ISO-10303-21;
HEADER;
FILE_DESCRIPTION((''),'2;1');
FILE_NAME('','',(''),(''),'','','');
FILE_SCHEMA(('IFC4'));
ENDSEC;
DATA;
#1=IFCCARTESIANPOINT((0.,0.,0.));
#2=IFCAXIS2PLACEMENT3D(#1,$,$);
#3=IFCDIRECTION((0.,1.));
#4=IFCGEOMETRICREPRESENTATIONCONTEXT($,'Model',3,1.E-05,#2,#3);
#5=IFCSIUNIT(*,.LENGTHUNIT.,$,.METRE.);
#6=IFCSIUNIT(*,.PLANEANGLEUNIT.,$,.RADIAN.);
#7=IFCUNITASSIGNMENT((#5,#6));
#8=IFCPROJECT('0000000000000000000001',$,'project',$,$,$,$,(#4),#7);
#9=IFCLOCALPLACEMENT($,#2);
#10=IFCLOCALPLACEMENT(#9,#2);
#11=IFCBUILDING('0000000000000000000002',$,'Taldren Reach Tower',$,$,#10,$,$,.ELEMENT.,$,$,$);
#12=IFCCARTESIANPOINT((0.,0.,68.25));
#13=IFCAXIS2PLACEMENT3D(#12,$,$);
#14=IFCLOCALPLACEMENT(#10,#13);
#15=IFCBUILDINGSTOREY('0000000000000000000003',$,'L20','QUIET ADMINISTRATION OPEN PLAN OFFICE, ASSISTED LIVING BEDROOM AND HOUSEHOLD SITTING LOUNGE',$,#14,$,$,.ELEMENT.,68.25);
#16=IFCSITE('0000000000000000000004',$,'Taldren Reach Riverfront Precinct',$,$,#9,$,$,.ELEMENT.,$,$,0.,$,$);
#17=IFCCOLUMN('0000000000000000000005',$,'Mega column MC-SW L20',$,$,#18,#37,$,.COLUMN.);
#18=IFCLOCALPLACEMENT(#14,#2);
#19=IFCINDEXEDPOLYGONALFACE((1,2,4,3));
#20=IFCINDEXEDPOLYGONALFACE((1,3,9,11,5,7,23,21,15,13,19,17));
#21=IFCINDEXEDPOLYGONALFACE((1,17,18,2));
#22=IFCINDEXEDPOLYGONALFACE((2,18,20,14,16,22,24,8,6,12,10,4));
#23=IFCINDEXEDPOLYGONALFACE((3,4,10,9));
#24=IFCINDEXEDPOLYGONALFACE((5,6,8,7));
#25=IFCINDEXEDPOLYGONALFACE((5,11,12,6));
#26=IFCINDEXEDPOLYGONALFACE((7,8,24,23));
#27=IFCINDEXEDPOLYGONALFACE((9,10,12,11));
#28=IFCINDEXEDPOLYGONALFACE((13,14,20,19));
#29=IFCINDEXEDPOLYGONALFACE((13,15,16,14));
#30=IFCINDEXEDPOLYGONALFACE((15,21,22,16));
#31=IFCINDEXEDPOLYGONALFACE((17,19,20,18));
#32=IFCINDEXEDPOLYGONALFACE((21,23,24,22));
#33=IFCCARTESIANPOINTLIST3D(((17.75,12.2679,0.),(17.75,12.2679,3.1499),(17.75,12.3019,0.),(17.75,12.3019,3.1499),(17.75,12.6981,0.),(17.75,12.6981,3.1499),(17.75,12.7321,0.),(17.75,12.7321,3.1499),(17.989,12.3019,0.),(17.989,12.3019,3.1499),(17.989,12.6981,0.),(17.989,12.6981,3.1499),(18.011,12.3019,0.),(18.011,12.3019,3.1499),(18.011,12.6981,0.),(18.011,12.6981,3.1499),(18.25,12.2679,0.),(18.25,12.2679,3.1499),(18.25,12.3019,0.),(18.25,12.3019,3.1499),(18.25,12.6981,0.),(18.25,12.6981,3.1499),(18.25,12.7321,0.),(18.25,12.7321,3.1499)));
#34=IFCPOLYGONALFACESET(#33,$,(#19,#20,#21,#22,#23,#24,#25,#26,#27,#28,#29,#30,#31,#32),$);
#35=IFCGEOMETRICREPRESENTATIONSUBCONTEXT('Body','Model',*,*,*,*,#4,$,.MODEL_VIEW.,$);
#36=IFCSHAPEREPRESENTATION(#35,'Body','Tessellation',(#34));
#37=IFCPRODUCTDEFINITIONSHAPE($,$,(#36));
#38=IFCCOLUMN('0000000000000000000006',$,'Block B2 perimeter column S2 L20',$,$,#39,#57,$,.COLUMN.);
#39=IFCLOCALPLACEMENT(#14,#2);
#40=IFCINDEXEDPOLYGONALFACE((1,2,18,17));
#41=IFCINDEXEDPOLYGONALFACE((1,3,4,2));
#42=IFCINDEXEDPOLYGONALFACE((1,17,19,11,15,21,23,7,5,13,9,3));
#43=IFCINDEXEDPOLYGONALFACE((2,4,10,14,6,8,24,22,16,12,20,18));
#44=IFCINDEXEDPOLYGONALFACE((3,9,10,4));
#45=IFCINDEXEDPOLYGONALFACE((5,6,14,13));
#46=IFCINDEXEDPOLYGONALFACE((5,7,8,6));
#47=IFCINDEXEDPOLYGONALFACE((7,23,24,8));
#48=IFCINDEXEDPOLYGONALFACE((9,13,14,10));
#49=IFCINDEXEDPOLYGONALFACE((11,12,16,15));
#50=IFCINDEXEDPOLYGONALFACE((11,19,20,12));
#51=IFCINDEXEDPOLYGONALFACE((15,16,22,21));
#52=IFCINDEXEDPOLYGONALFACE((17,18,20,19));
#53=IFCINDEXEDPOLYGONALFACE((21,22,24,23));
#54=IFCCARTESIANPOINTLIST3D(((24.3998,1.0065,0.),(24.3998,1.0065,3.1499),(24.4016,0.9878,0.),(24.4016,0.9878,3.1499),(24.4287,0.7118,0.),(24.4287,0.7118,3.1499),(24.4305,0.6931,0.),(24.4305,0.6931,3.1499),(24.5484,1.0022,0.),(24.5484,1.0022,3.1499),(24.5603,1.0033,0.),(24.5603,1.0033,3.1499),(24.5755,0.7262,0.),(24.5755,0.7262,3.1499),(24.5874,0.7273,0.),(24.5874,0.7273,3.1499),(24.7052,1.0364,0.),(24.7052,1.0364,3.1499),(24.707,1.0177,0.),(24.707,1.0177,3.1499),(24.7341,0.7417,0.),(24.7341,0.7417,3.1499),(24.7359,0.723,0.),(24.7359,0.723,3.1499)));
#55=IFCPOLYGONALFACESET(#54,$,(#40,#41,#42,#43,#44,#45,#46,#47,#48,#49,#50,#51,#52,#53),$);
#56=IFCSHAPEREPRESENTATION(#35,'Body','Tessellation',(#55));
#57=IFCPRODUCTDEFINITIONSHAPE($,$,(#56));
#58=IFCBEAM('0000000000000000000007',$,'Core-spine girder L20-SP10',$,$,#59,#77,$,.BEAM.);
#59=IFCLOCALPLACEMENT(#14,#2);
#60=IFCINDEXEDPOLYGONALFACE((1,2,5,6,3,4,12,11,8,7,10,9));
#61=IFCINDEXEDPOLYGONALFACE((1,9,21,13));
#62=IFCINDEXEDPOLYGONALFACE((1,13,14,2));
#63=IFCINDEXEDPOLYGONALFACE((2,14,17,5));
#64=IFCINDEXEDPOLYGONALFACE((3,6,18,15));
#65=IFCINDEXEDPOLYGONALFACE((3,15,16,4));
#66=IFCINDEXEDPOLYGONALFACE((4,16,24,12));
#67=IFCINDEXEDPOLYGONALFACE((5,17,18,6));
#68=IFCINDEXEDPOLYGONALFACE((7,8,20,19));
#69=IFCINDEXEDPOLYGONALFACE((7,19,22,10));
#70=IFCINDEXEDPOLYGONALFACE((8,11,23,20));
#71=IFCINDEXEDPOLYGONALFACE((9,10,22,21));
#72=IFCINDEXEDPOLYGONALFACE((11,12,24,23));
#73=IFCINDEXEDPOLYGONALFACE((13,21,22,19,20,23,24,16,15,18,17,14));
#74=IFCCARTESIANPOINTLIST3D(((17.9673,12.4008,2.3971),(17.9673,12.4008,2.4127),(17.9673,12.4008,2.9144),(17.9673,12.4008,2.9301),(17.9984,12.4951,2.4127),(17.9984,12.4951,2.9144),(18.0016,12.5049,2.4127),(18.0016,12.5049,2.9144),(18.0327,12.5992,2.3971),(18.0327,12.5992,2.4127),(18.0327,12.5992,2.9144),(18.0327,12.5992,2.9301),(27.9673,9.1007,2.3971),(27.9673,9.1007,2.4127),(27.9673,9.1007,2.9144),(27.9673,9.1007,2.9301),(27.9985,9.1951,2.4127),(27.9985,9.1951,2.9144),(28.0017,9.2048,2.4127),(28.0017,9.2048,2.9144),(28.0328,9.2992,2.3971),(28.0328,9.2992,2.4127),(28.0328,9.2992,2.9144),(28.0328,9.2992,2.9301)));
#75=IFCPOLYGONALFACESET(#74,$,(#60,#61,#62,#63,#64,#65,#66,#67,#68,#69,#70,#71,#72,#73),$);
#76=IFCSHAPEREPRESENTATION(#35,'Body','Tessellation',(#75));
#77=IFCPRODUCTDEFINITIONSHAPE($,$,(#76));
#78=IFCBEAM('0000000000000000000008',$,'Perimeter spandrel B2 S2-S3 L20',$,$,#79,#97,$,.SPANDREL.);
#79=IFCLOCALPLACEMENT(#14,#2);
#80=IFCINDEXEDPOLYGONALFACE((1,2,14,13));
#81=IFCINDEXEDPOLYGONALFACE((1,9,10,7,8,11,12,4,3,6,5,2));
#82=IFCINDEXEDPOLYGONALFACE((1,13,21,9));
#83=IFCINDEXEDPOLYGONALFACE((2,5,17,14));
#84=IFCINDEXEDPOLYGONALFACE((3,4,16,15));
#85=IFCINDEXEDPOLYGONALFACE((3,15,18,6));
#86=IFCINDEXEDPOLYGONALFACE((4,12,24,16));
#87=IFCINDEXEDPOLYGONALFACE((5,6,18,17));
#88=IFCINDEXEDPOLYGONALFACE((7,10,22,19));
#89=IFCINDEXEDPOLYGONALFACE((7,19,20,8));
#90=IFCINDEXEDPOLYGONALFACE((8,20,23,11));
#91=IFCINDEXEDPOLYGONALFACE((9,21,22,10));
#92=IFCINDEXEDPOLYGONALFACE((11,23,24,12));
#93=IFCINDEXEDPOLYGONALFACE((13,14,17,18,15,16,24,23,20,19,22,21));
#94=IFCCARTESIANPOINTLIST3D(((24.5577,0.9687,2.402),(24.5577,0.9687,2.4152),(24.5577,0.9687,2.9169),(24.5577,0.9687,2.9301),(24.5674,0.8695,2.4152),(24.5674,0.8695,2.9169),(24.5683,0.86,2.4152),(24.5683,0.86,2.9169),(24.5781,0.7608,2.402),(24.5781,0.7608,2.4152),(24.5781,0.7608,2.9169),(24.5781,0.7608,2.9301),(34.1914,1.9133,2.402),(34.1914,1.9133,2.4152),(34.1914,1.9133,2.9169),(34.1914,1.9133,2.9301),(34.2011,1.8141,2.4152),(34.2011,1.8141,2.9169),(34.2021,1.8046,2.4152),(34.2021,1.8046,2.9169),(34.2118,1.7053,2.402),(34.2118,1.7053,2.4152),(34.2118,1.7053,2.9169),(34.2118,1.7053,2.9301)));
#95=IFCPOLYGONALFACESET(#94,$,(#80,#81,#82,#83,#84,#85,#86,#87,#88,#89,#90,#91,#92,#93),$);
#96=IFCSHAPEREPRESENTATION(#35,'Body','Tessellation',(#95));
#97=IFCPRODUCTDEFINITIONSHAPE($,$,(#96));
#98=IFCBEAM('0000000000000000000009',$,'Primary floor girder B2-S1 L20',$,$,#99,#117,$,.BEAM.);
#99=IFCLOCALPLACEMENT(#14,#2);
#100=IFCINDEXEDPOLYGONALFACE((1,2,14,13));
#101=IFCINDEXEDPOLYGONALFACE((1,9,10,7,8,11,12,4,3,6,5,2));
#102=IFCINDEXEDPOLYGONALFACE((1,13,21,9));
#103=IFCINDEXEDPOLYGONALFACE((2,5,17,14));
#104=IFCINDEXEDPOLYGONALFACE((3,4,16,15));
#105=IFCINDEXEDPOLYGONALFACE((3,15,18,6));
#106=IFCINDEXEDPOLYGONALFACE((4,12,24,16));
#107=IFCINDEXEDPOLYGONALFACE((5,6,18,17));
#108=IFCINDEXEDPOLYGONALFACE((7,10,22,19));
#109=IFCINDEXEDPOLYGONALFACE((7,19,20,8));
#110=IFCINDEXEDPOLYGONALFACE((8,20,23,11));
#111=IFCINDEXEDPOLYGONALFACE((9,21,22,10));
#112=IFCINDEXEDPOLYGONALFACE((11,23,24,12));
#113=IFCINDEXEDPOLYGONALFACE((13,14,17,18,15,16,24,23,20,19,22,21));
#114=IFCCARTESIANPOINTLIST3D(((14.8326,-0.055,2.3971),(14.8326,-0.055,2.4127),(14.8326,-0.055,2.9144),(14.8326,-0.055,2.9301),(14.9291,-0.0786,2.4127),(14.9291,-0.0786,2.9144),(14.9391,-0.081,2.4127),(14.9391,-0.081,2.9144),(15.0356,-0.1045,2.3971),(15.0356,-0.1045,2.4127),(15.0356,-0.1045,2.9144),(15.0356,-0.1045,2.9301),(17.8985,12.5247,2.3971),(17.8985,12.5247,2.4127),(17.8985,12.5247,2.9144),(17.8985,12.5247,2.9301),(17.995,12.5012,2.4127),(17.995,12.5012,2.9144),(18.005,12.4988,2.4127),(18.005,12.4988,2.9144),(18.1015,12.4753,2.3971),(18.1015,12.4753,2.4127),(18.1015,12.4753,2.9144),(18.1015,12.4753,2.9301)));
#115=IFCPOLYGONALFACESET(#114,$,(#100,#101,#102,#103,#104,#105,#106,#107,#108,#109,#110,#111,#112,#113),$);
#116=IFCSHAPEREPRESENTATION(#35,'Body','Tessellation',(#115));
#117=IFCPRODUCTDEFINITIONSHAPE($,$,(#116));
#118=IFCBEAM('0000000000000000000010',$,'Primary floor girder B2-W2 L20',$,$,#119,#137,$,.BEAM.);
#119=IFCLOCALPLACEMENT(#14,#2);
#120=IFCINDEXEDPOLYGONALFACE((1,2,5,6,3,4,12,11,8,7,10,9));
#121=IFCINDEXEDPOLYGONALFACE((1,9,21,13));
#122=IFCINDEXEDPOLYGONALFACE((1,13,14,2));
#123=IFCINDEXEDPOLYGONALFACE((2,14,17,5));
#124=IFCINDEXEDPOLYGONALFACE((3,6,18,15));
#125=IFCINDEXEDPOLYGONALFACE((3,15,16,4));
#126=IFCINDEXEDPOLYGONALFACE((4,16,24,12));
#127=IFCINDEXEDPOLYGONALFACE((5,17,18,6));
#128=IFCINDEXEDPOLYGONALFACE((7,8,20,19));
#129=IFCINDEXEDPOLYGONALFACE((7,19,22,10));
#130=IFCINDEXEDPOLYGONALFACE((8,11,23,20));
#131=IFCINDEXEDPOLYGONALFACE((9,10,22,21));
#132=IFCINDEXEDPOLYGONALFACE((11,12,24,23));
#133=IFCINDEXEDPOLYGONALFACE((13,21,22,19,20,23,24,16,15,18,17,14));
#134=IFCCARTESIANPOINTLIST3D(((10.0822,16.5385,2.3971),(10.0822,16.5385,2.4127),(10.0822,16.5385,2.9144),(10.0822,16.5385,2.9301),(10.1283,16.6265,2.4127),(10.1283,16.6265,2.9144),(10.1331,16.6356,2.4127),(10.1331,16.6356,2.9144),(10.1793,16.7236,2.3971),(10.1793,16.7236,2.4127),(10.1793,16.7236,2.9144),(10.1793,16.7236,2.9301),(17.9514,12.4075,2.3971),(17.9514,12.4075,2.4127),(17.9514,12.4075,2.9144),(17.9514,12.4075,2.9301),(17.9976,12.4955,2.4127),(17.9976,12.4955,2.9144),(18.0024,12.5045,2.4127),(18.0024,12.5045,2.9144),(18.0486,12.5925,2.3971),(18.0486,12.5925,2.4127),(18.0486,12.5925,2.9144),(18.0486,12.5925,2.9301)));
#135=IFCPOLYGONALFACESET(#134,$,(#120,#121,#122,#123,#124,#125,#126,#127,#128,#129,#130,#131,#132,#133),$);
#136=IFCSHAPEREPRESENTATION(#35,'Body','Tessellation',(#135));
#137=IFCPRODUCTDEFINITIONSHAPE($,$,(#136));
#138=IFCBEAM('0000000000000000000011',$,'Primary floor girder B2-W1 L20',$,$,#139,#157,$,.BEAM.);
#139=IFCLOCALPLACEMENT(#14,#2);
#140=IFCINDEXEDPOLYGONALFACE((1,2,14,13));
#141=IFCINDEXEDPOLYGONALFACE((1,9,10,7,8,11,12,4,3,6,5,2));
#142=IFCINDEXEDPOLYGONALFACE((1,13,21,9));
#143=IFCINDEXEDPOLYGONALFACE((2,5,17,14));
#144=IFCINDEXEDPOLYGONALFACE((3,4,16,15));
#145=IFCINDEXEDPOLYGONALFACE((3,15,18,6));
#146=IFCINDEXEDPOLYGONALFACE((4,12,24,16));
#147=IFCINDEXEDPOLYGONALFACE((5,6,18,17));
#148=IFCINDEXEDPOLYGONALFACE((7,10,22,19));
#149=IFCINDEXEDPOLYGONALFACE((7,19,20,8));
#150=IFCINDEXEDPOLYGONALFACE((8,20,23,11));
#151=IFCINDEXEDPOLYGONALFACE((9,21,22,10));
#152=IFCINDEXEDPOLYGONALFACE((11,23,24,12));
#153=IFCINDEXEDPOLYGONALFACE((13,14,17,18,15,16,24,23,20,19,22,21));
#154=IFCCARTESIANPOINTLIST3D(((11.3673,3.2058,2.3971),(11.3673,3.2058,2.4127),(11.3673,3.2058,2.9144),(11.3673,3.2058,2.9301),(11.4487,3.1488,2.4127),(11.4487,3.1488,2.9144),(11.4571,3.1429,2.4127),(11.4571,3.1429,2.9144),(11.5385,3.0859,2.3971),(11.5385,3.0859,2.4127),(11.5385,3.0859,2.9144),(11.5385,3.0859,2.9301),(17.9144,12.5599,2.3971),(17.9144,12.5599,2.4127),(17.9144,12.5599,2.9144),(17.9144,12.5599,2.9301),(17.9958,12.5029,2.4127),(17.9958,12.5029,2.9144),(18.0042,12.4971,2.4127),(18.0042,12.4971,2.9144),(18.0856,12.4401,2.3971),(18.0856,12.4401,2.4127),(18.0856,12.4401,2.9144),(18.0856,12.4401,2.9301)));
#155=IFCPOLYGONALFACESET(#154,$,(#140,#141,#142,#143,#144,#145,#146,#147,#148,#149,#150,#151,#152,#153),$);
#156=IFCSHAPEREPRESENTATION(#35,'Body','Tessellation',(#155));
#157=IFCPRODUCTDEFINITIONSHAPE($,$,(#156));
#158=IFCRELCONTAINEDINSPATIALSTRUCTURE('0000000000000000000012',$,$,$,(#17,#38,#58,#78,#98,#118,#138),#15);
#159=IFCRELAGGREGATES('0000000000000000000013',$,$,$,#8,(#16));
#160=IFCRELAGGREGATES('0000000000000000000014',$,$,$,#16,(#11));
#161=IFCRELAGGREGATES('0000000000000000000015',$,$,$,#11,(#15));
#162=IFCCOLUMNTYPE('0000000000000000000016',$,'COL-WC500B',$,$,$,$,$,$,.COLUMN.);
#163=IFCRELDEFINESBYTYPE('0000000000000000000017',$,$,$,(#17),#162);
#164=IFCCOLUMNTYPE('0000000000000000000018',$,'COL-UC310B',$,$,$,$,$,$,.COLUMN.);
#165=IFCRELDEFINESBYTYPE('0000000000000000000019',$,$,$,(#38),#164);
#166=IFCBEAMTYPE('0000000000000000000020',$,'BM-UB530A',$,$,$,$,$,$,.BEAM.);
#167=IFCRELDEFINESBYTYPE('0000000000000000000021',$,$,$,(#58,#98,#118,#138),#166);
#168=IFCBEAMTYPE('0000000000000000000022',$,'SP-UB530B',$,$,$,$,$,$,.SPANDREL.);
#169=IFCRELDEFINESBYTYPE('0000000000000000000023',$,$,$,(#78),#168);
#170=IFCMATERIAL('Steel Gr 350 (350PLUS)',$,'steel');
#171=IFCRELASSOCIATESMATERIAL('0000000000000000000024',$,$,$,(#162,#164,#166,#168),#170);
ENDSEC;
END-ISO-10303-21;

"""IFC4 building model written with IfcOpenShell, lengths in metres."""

from ifc_helpers import new_model, si_unit, direction, frame, origin, origin_2d, place, context, subcontext, project, spatial, i_section, extrude, source, transform, mapped, material, material_profile, profile_set, type_object, element, save


model = new_model("IFC4")

# Units and contexts
model_context = context("Model", 3, precision=1e-05, world=origin(), true_north=direction((0.0, 1.0)))
body_context = subcontext(model_context, "Body", "Model", "MODEL_VIEW")
ifc_project = project(units=[si_unit("LENGTHUNIT", "METRE"), si_unit("PLANEANGLEUNIT", "RADIAN")], contexts=[model_context])

# Site, building, storey
site_placement = place(None, origin())
site = spatial("IfcSite", under=ifc_project, at=site_placement, Name="Taldren Reach Riverfront Precinct", CompositionType="ELEMENT", RefElevation=0.0)
building_placement = place(site_placement, origin())
building = spatial("IfcBuilding", under=site, at=building_placement, Name="Taldren Reach Tower", CompositionType="ELEMENT")
storey_placement = place(building_placement, frame((0.0, 0.0, 68.25)))
storey = spatial("IfcBuildingStorey", under=building, at=storey_placement, Name="L20", Description="QUIET ADMINISTRATION OPEN PLAN OFFICE, ASSISTED LIVING BEDROOM AND HOUSEHOLD SITTING LOUNGE", CompositionType="ELEMENT", Elevation=68.25)

# Columns
ifc_material_1 = material(Name="Steel Gr 350 (350PLUS)", Category="steel")
ifc_material_profile_1 = material_profile(ifc_material_1, i_section(OverallWidth=0.5, OverallDepth=0.4641, WebThickness=0.022, FlangeThickness=0.0339, at=origin_2d()), Name="500WC340")
ifc_profile_set_1 = profile_set([ifc_material_profile_1], Name="Steel Gr 350 (350PLUS)")
column_type_1 = type_object("IfcColumnType", Name="COL-WC500B", PredefinedType="COLUMN", material=ifc_profile_set_1)
shared_shape_1 = source(origin(), body_context, "Body", "SweptSolid", [
    extrude(i_section(OverallWidth=0.5, OverallDepth=0.4641, WebThickness=0.022, FlangeThickness=0.0339, at=origin_2d()), origin(), (0.0, 0.0, 1.0), 3.1499),
])
column_1_placement = place(storey_placement, frame((18.0, 12.5, 0.0), z_axis=(0.0, 0.0, 1.0), x_axis=(1.0, 0.0, 0.0)))
element("IfcColumn", 1, at=column_1_placement, inside=storey, type_object=column_type_1, Name="Mega column MC-SW L20", PredefinedType="COLUMN", context=body_context, shape_type="MappedRepresentation", body=[
    mapped(shared_shape_1, transform((0.0, 0.0, 0.0), scale=1.0)),
])
ifc_material_profile_2 = material_profile(ifc_material_1, i_section(OverallWidth=0.3069, OverallDepth=0.3149, WebThickness=0.012, FlangeThickness=0.0188, at=origin_2d()), Name="310UC118")
ifc_profile_set_2 = profile_set([ifc_material_profile_2], Name="Steel Gr 350 (350PLUS)")
column_type_2 = type_object("IfcColumnType", Name="COL-UC310B", PredefinedType="COLUMN", material=ifc_profile_set_2)
shared_shape_2 = source(origin(), body_context, "Body", "SweptSolid", [
    extrude(i_section(OverallWidth=0.3069, OverallDepth=0.3149, WebThickness=0.012, FlangeThickness=0.0188, at=origin_2d()), origin(), (0.0, 0.0, 1.0), 3.1499),
])
column_2_placement = place(storey_placement, frame((24.5679, 0.8647, 0.0), z_axis=(0.0, 0.0, 1.0), x_axis=(0.995227, 0.097583, 0.0)))
element("IfcColumn", 2, at=column_2_placement, inside=storey, type_object=column_type_2, Name="Block B2 perimeter column S2 L20", PredefinedType="COLUMN", context=body_context, shape_type="MappedRepresentation", body=[
    mapped(shared_shape_2, transform((0.0, 0.0, 0.0), scale=1.0)),
])

# Beams
ifc_material_profile_3 = material_profile(ifc_material_1, i_section(OverallWidth=0.209, OverallDepth=0.533, WebThickness=0.0103, FlangeThickness=0.0156, at=origin_2d()), Name="530UB92.4")
ifc_profile_set_3 = profile_set([ifc_material_profile_3], Name="Steel Gr 350 (350PLUS)")
beam_type_1 = type_object("IfcBeamType", Name="BM-UB530A", PredefinedType="BEAM", material=ifc_profile_set_3)
shared_shape_3 = source(origin(), body_context, "Body", "SweptSolid", [
    extrude(i_section(OverallWidth=0.209, OverallDepth=0.533, WebThickness=0.0103, FlangeThickness=0.0156, at=origin_2d()), origin(), (0.0, 0.0, 1.0), 10.5305),
])
beam_1_placement = place(storey_placement, frame((18.0, 12.5, 2.6636), z_axis=(0.949627, -0.313382, 0.0), x_axis=(0.313382, 0.949627, 0.0)))
element("IfcBeam", 3, at=beam_1_placement, inside=storey, type_object=beam_type_1, Name="Core-spine girder L20-SP10", PredefinedType="BEAM", context=body_context, shape_type="MappedRepresentation", body=[
    mapped(shared_shape_3, transform((0.0, 0.0, 0.0), scale=1.0)),
])
ifc_material_profile_4 = material_profile(ifc_material_1, i_section(OverallWidth=0.209, OverallDepth=0.5281, WebThickness=0.0095, FlangeThickness=0.0132, at=origin_2d()), Name="530UB82.0")
ifc_profile_set_4 = profile_set([ifc_material_profile_4], Name="Steel Gr 350 (350PLUS)")
beam_type_2 = type_object("IfcBeamType", Name="SP-UB530B", PredefinedType="SPANDREL", material=ifc_profile_set_4)
shared_shape_4 = source(origin(), body_context, "Body", "SweptSolid", [
    extrude(i_section(OverallWidth=0.209, OverallDepth=0.5281, WebThickness=0.0095, FlangeThickness=0.0132, at=origin_2d()), origin(), (0.0, 0.0, 1.0), 9.6799),
])
beam_2_placement = place(storey_placement, frame((24.5679, 0.8647, 2.666), z_axis=(0.995228, 0.097581, 0.0), x_axis=(-0.097581, 0.995228, 0.0)))
element("IfcBeam", 4, at=beam_2_placement, inside=storey, type_object=beam_type_2, Name="Perimeter spandrel B2 S2-S3 L20", PredefinedType="SPANDREL", context=body_context, shape_type="MappedRepresentation", body=[
    mapped(shared_shape_4, transform((0.0, 0.0, 0.0), scale=1.0)),
])
shared_shape_5 = source(origin(), body_context, "Body", "SweptSolid", [
    extrude(i_section(OverallWidth=0.209, OverallDepth=0.533, WebThickness=0.0103, FlangeThickness=0.0156, at=origin_2d()), origin(), (0.0, 0.0, 1.0), 12.948),
])
beam_3_placement = place(storey_placement, frame((18.0, 12.5, 2.6636), z_axis=(-0.236786, -0.971562, 0.0), x_axis=(0.971562, -0.236786, 0.0)))
element("IfcBeam", 5, at=beam_3_placement, inside=storey, type_object=beam_type_1, Name="Primary floor girder B2-S1 L20", PredefinedType="BEAM", context=body_context, shape_type="MappedRepresentation", body=[
    mapped(shared_shape_5, transform((0.0, 0.0, 0.0), scale=1.0)),
])
shared_shape_6 = source(origin(), body_context, "Body", "SweptSolid", [
    extrude(i_section(OverallWidth=0.209, OverallDepth=0.533, WebThickness=0.0103, FlangeThickness=0.0156, at=origin_2d()), origin(), (0.0, 0.0, 1.0), 8.8877),
])
beam_4_placement = place(storey_placement, frame((18.0, 12.5, 2.6636), z_axis=(-0.885413, 0.464805, 0.0), x_axis=(-0.464805, -0.885413, 0.0)))
element("IfcBeam", 6, at=beam_4_placement, inside=storey, type_object=beam_type_1, Name="Primary floor girder B2-W2 L20", PredefinedType="BEAM", context=body_context, shape_type="MappedRepresentation", body=[
    mapped(shared_shape_6, transform((0.0, 0.0, 0.0), scale=1.0)),
])
shared_shape_7 = source(origin(), body_context, "Body", "SweptSolid", [
    extrude(i_section(OverallWidth=0.209, OverallDepth=0.533, WebThickness=0.0103, FlangeThickness=0.0156, at=origin_2d()), origin(), (0.0, 0.0, 1.0), 11.4177),
])
beam_5_placement = place(storey_placement, frame((18.0, 12.5, 2.6636), z_axis=(-0.573412, -0.819267, 0.0), x_axis=(0.819267, -0.573412, 0.0)))
element("IfcBeam", 7, at=beam_5_placement, inside=storey, type_object=beam_type_1, Name="Primary floor girder B2-W1 L20", PredefinedType="BEAM", context=body_context, shape_type="MappedRepresentation", body=[
    mapped(shared_shape_7, transform((0.0, 0.0, 0.0), scale=1.0)),
])

save(model, "model.ifc")
